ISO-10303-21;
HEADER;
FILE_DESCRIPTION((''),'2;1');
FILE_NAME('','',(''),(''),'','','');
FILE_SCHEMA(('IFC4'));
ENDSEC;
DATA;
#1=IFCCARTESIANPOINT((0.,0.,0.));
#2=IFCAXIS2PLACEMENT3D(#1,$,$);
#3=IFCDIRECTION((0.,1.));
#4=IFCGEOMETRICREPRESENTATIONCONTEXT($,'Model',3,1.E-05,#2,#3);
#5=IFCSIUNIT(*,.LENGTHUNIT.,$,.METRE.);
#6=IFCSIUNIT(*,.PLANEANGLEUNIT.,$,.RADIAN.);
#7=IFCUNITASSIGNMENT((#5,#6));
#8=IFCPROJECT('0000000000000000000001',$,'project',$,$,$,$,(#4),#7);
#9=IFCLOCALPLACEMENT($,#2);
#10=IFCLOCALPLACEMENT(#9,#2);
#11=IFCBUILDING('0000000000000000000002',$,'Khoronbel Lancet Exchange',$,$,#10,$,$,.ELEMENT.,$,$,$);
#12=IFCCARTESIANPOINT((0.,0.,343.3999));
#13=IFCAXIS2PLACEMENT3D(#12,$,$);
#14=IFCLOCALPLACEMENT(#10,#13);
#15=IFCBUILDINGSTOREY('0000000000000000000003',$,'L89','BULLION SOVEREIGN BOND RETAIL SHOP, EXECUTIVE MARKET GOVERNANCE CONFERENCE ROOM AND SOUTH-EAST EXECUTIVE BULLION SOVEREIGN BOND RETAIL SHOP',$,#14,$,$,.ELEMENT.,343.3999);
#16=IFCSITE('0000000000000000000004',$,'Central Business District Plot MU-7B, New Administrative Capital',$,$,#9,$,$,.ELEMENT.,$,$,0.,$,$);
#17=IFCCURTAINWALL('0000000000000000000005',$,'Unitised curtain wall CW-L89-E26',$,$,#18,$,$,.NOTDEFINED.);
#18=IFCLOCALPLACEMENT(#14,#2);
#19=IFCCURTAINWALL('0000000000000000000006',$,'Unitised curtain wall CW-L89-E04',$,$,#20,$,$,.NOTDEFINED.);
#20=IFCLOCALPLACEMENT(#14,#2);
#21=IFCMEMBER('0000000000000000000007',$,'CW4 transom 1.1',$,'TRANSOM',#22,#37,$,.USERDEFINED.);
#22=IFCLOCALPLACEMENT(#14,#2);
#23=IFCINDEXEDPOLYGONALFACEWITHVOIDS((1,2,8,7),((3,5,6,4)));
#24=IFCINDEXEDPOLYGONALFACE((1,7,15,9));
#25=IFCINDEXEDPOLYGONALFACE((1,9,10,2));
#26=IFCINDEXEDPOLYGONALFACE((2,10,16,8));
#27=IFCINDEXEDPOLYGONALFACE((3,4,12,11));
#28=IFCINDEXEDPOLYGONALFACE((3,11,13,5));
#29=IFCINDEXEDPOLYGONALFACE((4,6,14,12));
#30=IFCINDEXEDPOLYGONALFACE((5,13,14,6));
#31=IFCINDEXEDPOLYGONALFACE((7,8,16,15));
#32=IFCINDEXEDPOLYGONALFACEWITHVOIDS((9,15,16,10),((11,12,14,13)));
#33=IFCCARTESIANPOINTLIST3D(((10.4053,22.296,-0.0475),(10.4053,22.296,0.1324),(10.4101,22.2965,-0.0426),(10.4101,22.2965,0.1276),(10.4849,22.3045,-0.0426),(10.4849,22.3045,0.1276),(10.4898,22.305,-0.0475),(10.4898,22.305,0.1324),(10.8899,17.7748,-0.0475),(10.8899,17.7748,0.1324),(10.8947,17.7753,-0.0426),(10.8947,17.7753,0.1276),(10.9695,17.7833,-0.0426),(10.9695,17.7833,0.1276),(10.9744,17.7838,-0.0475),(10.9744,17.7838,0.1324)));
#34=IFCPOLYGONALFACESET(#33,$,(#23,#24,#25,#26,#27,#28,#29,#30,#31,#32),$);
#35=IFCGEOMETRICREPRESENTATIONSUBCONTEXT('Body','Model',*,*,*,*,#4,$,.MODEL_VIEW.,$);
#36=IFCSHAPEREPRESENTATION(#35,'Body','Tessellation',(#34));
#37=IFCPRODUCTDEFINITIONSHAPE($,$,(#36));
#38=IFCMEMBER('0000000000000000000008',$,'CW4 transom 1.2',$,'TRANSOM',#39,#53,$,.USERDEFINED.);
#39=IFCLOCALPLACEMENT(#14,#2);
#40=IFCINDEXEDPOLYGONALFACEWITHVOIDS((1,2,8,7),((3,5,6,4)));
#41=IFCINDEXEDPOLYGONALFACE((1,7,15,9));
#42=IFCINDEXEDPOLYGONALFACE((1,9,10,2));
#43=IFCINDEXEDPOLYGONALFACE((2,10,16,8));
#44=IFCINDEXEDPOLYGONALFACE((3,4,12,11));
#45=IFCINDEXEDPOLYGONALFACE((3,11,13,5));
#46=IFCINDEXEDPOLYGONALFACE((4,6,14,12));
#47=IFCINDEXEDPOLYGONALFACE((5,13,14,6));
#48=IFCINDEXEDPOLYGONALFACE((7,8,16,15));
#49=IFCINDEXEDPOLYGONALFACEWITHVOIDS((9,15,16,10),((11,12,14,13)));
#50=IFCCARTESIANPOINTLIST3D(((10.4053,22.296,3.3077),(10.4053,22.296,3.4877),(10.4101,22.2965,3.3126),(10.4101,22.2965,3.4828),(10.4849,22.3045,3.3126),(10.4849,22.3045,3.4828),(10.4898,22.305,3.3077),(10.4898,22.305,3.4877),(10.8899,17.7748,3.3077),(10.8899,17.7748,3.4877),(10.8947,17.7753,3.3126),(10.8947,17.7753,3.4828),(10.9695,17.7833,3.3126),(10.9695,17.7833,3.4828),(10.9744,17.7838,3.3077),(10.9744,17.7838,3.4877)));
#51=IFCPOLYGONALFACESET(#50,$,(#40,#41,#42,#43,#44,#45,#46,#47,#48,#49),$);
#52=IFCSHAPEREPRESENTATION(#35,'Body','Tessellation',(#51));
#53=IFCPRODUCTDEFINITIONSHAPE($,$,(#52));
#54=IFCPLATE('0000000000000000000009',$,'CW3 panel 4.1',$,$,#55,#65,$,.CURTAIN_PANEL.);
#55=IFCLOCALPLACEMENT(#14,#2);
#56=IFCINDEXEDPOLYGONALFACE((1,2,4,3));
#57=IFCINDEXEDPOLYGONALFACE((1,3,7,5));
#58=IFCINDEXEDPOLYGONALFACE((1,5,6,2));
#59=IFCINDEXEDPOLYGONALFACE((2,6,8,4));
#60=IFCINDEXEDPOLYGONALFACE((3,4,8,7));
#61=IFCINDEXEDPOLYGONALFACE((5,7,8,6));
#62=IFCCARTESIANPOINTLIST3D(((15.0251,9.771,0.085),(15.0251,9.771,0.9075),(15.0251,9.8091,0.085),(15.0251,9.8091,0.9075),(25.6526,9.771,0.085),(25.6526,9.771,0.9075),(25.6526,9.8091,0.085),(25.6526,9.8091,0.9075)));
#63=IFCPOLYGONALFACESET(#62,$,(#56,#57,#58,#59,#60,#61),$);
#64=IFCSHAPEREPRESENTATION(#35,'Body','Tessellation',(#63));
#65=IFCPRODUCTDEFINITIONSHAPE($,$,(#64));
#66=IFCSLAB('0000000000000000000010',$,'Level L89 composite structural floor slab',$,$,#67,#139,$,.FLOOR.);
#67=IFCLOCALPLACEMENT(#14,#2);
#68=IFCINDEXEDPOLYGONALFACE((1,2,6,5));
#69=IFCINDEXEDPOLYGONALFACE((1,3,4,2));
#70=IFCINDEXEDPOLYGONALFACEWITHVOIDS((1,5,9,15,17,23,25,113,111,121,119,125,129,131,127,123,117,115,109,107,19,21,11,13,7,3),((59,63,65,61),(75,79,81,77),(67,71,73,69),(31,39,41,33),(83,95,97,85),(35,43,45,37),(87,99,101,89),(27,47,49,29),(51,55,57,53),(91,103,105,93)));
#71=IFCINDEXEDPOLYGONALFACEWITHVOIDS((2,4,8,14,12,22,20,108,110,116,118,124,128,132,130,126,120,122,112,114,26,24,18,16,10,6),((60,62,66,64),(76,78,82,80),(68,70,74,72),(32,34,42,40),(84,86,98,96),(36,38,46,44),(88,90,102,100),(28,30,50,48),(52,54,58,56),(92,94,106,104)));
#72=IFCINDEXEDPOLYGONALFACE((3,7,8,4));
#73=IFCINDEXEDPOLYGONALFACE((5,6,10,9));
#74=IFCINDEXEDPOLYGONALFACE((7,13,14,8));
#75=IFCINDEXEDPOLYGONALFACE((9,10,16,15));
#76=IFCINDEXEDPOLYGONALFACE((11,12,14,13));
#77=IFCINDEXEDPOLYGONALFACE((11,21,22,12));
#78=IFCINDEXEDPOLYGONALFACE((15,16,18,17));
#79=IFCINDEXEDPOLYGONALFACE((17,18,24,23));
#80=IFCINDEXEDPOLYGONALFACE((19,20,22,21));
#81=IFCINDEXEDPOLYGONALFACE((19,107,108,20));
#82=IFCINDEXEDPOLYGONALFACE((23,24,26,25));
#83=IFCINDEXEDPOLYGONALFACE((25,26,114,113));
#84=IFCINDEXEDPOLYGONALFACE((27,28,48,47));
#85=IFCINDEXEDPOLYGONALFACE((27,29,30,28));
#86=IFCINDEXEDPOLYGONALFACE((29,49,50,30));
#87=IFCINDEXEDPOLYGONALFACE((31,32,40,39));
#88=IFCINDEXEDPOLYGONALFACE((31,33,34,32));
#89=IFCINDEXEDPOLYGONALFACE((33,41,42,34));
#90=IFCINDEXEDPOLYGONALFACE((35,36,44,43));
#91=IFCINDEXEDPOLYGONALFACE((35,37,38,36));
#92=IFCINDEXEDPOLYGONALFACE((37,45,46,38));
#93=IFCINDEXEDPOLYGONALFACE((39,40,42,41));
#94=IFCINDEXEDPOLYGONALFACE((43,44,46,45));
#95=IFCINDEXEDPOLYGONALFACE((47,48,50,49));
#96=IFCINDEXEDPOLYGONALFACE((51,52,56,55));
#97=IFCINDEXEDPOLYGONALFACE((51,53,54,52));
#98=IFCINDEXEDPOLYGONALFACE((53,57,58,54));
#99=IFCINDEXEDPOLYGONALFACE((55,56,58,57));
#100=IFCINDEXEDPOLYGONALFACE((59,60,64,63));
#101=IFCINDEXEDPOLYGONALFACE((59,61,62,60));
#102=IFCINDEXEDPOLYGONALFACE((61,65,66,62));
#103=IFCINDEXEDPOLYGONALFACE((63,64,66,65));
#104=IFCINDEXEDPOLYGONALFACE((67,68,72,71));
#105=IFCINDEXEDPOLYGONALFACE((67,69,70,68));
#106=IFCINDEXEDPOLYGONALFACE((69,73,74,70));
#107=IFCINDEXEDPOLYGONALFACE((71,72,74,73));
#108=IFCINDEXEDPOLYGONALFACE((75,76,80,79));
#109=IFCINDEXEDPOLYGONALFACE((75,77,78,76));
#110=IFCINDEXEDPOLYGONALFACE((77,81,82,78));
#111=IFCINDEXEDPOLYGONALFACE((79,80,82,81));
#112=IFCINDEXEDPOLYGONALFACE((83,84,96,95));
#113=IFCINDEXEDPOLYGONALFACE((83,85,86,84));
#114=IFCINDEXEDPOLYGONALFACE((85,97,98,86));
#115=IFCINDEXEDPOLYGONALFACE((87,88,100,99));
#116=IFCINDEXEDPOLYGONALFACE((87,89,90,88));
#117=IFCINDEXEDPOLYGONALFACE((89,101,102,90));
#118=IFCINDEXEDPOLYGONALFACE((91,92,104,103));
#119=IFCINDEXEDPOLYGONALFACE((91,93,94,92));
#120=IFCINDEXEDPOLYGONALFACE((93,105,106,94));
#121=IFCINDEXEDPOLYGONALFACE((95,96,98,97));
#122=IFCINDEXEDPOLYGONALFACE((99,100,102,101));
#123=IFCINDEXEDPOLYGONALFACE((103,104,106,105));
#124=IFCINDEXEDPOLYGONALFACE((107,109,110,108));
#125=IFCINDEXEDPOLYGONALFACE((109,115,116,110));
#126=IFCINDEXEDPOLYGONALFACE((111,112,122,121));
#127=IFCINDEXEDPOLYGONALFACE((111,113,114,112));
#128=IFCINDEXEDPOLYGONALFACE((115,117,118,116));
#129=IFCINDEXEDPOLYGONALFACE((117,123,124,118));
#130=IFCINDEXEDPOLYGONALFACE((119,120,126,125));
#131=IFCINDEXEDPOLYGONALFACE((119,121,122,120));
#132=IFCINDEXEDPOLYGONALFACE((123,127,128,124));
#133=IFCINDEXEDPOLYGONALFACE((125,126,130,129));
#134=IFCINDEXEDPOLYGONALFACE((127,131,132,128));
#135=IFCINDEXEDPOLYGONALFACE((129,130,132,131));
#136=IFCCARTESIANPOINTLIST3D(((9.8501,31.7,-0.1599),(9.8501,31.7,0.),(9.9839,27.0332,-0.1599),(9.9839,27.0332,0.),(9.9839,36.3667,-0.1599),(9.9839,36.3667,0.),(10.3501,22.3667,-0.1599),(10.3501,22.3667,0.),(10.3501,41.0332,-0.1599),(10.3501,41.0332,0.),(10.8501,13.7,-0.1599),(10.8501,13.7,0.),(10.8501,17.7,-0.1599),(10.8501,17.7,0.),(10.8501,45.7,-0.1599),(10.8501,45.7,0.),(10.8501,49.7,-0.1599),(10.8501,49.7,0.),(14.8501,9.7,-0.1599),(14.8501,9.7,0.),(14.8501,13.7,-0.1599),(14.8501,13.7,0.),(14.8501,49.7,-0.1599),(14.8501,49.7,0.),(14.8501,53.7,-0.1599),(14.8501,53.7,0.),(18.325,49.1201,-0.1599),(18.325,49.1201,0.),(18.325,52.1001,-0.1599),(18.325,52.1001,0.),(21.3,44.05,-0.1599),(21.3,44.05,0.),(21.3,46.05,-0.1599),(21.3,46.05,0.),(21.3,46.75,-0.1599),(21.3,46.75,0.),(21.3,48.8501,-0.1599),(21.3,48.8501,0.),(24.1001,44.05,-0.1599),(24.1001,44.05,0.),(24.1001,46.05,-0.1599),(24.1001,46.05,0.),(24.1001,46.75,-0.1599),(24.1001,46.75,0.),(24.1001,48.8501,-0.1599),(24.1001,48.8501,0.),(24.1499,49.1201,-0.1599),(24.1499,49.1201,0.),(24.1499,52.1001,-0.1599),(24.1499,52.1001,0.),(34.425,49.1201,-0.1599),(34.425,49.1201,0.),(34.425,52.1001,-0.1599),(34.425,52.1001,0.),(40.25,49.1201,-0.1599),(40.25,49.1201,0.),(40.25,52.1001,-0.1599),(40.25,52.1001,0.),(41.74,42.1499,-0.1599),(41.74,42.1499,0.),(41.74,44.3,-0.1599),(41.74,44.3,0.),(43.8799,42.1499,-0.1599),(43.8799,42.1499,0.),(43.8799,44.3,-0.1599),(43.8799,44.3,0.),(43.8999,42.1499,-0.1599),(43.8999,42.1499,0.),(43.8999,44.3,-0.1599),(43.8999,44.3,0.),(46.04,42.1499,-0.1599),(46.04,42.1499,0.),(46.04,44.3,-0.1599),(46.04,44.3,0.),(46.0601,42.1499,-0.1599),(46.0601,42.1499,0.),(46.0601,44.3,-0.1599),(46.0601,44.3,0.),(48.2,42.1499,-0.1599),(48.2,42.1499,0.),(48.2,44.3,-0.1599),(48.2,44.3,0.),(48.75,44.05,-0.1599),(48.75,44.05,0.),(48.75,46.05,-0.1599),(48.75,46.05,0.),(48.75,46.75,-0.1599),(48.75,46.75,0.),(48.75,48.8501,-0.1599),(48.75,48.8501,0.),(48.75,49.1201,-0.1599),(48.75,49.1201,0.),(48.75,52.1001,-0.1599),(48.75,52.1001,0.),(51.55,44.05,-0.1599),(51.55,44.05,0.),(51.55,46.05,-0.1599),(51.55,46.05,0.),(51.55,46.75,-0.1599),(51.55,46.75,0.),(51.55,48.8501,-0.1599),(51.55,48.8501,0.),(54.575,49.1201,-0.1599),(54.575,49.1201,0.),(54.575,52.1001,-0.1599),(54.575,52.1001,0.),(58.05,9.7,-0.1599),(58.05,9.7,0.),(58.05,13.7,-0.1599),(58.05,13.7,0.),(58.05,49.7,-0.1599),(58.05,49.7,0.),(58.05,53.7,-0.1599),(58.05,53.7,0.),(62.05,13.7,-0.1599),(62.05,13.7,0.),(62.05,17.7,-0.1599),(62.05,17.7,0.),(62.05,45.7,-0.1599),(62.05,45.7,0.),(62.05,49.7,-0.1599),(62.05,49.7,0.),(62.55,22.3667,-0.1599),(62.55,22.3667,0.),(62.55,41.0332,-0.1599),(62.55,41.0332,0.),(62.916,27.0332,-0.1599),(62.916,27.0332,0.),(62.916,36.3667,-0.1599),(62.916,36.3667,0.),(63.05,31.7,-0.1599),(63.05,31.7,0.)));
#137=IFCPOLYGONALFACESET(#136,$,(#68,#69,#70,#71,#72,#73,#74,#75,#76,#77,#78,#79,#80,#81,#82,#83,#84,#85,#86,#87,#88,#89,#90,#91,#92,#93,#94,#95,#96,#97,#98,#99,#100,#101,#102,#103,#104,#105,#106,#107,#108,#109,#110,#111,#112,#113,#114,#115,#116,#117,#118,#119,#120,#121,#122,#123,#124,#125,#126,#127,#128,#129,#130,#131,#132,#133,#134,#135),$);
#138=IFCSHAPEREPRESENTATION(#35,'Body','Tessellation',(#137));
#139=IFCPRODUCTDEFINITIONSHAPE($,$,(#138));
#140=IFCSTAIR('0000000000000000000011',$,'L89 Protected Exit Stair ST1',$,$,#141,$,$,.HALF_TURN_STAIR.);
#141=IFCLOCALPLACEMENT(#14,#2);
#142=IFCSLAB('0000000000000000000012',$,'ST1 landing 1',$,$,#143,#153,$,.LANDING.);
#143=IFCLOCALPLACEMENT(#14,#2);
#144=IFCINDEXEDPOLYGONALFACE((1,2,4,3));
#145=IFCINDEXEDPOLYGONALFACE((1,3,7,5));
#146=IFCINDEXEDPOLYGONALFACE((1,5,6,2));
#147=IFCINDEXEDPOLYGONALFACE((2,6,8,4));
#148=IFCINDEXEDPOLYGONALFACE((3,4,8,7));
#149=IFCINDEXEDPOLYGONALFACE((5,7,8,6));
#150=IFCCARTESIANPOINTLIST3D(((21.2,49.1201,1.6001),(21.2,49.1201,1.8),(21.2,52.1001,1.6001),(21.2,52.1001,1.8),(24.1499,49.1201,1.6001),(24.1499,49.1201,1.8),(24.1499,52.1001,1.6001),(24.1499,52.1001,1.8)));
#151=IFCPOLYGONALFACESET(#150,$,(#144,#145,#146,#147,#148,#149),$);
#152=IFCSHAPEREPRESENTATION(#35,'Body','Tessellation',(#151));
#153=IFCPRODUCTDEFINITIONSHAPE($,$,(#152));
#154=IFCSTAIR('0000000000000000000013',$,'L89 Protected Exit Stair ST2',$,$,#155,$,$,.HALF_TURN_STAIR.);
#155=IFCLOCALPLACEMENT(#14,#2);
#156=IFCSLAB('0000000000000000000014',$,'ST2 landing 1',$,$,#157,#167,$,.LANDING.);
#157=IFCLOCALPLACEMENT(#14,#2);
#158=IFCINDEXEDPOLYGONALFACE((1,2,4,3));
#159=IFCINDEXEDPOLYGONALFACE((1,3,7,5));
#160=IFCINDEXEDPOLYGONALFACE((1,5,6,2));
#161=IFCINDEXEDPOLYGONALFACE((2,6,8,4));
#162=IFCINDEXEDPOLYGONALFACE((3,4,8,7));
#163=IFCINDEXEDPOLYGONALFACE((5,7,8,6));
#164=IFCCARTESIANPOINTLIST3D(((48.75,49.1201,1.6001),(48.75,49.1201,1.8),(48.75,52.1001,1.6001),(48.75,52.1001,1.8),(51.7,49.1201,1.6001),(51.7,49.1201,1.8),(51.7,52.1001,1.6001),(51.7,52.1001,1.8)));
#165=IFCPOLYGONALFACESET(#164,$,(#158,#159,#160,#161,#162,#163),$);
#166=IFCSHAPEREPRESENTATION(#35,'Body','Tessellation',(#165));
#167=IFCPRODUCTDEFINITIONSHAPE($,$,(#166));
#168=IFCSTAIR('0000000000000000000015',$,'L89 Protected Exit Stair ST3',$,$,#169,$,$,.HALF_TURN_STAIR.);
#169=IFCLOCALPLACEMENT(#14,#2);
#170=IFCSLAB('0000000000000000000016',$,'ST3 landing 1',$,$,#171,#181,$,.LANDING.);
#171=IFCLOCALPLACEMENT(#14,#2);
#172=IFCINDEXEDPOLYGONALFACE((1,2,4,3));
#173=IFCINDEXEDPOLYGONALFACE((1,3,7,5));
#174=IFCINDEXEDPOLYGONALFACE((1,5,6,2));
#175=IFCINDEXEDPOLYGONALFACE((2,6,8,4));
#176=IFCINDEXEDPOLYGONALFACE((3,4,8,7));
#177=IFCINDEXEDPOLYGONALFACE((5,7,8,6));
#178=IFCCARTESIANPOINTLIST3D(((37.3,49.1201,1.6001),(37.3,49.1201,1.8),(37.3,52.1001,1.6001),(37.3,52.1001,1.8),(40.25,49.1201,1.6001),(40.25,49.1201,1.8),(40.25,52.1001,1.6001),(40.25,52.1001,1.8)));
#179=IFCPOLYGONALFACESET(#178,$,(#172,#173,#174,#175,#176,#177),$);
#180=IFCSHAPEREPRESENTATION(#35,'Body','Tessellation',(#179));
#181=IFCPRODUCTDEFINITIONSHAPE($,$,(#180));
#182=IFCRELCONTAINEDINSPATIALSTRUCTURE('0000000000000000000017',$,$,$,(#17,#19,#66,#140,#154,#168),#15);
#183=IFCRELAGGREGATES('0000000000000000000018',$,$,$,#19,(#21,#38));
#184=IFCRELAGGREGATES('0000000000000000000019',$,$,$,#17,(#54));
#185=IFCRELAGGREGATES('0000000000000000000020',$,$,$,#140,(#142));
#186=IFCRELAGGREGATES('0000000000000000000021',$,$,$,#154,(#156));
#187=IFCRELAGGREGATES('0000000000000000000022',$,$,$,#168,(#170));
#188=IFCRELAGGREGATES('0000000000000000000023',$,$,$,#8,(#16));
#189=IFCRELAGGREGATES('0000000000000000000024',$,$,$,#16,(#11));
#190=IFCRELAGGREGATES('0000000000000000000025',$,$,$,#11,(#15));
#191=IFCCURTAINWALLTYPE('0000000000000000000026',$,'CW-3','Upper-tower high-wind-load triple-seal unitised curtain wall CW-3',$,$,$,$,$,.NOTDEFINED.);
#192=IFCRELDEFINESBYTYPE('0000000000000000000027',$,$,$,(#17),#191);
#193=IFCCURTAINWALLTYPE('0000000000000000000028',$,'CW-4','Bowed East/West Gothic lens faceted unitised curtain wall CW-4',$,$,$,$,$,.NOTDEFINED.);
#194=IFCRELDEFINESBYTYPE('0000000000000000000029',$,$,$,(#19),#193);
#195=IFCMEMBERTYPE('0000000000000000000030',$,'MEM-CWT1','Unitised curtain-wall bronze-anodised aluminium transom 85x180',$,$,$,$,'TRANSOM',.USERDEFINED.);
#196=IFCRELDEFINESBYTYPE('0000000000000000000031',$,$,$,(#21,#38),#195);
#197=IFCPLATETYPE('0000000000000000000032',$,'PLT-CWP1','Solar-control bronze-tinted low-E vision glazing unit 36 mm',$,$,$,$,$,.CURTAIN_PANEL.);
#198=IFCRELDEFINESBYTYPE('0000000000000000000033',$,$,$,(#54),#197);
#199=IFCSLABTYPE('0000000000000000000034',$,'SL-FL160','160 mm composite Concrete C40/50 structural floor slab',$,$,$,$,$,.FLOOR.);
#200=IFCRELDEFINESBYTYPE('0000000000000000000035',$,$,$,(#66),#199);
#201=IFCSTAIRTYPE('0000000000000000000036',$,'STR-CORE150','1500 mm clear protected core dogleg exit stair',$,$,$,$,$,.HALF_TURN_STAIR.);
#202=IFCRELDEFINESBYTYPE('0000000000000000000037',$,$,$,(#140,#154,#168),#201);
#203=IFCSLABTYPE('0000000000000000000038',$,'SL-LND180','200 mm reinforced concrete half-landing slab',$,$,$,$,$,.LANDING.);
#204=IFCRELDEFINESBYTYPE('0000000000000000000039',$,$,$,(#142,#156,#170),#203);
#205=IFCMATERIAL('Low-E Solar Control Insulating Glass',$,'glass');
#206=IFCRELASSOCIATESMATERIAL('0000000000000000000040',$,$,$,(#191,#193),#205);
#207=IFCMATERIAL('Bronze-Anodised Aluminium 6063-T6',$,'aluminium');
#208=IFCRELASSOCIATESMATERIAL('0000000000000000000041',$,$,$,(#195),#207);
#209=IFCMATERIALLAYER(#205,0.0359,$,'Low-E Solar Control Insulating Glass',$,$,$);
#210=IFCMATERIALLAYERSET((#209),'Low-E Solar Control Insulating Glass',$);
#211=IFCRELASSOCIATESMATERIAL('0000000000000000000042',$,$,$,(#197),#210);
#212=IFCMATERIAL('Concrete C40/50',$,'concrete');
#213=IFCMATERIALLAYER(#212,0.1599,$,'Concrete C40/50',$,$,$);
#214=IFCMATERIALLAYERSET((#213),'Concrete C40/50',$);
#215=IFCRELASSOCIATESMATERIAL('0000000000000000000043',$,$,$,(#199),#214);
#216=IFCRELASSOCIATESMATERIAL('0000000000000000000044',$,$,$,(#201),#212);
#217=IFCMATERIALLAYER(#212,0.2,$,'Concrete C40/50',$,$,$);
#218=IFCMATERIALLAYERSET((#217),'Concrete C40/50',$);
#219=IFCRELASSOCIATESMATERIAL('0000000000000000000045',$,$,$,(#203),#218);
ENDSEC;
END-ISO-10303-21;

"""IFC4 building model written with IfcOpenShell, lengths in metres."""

from ifc_helpers import new_model, si_unit, direction, frame, origin, origin_2d, place, context, subcontext, project, spatial, polyline, rectangle, hollow_rectangle, outline, extrude, material, layer, layer_set, material_profile, profile_set, type_object, element, aggregate, save


model = new_model("IFC4")

# Units and contexts
model_context = context("Model", 3, precision=1e-05, world=origin(), true_north=direction((0.0, 1.0)))
body_context = subcontext(model_context, "Body", "Model", "MODEL_VIEW")
ifc_project = project(units=[si_unit("LENGTHUNIT", "METRE"), si_unit("PLANEANGLEUNIT", "RADIAN")], contexts=[model_context])

# Site, building, storey
site_placement = place(None, origin())
site = spatial("IfcSite", under=ifc_project, at=site_placement, Name="Central Business District Plot MU-7B, New Administrative Capital", CompositionType="ELEMENT", RefElevation=0.0)
building_placement = place(site_placement, origin())
building = spatial("IfcBuilding", under=site, at=building_placement, Name="Khoronbel Lancet Exchange", CompositionType="ELEMENT")
storey_placement = place(building_placement, frame((0.0, 0.0, 343.3999)))
storey = spatial("IfcBuildingStorey", under=building, at=storey_placement, Name="L89", Description="BULLION SOVEREIGN BOND RETAIL SHOP, EXECUTIVE MARKET GOVERNANCE CONFERENCE ROOM AND SOUTH-EAST EXECUTIVE BULLION SOVEREIGN BOND RETAIL SHOP", CompositionType="ELEMENT", Elevation=343.3999)

# Curtain wall
ifc_material_1 = material(Name="Low-E Solar Control Insulating Glass", Category="glass")
curtain_wall_type_1 = type_object("IfcCurtainWallType", Name="CW-3", Description="Upper-tower high-wind-load triple-seal unitised curtain wall CW-3", PredefinedType="NOTDEFINED", material=ifc_material_1)
curtain_wall_1_placement = place(storey_placement, origin())
curtain_wall_1 = element("IfcCurtainWall", 1, at=curtain_wall_1_placement, inside=storey, type_object=curtain_wall_type_1, Name="Unitised curtain wall CW-L89-E26", PredefinedType="NOTDEFINED")
ifc_material_2 = material(Name="Bronze-Anodised Aluminium 6063-T6", Category="aluminium")

# Curtain wall, members
curtain_wall_type_2 = type_object("IfcCurtainWallType", Name="CW-4", Description="Bowed East/West Gothic lens faceted unitised curtain wall CW-4", PredefinedType="NOTDEFINED", material=ifc_material_1)
curtain_wall_2_placement = place(storey_placement, origin())
curtain_wall_2 = element("IfcCurtainWall", 2, at=curtain_wall_2_placement, inside=storey, type_object=curtain_wall_type_2, Name="Unitised curtain wall CW-L89-E04", PredefinedType="NOTDEFINED")
ifc_material_profile_1 = material_profile(ifc_material_2, hollow_rectangle(XDim=0.085, YDim=0.1799, WallThickness=0.0049, at=origin_2d()), Name="ALU TRANSOM 85x180")
ifc_profile_set_1 = profile_set([ifc_material_profile_1], Name="Bronze-Anodised Aluminium 6063-T6")
member_type_1 = type_object("IfcMemberType", Name="MEM-CWT1", Description="Unitised curtain-wall bronze-anodised aluminium transom 85x180", ElementType="TRANSOM", PredefinedType="USERDEFINED", material=ifc_profile_set_1)
member_1_placement = place(storey_placement, frame((10.9321, 17.7793, 0.0425), z_axis=(-0.106577, 0.994304, 0.0), x_axis=(-0.994304, -0.106577, 0.0)))
member_1 = element("IfcMember", 3, at=member_1_placement, type_object=member_type_1, Name="CW4 transom 1.1", ObjectType="TRANSOM", PredefinedType="USERDEFINED", context=body_context, shape_type="SweptSolid", body=[
    extrude(hollow_rectangle(XDim=0.085, YDim=0.1799, WallThickness=0.0049, at=origin_2d()), origin(), (0.0, 0.0, 1.0), 4.5471),
])
member_2_placement = place(storey_placement, frame((10.9321, 17.7793, 3.3977), z_axis=(-0.106577, 0.994304, 0.0), x_axis=(-0.994304, -0.106577, 0.0)))
member_2 = element("IfcMember", 4, at=member_2_placement, type_object=member_type_1, Name="CW4 transom 1.2", ObjectType="TRANSOM", PredefinedType="USERDEFINED", context=body_context, shape_type="SweptSolid", body=[
    extrude(hollow_rectangle(XDim=0.085, YDim=0.1799, WallThickness=0.0049, at=origin_2d()), origin(), (0.0, 0.0, 1.0), 4.5471),
])
aggregate(curtain_wall_2, [member_1, member_2])

# Plate
ifc_layer_1 = layer(ifc_material_1, 0.0359, Name="Low-E Solar Control Insulating Glass")
ifc_layer_set_1 = layer_set([ifc_layer_1], Name="Low-E Solar Control Insulating Glass")
plate_type = type_object("IfcPlateType", Name="PLT-CWP1", Description="Solar-control bronze-tinted low-E vision glazing unit 36 mm", PredefinedType="CURTAIN_PANEL", material=ifc_layer_set_1)
plate_placement = place(storey_placement, frame((20.3389, 9.79, 0.085), z_axis=(0.0, 0.0, 1.0), x_axis=(-1.0, 0.0, 0.0)))
plate = element("IfcPlate", 5, at=plate_placement, type_object=plate_type, Name="CW3 panel 4.1", PredefinedType="CURTAIN_PANEL", context=body_context, shape_type="SweptSolid", body=[
    extrude(rectangle(XDim=10.6274, YDim=0.0381, at=origin_2d()), origin(), (0.0, 0.0, 1.0), 0.8225),
])
aggregate(curtain_wall_1, [plate])

# Slab
ifc_material_3 = material(Name="Concrete C40/50", Category="concrete")
ifc_layer_2 = layer(ifc_material_3, 0.1599, Name="Concrete C40/50")
ifc_layer_set_2 = layer_set([ifc_layer_2], Name="Concrete C40/50")
slab_type_1 = type_object("IfcSlabType", Name="SL-FL160", Description="160 mm composite Concrete C40/50 structural floor slab", PredefinedType="FLOOR", material=ifc_layer_set_2)
slab_1_placement = place(storey_placement, frame((0.0, 0.0, -0.1599)))
element("IfcSlab", 6, at=slab_1_placement, inside=storey, type_object=slab_type_1, Name="Level L89 composite structural floor slab", PredefinedType="FLOOR", context=body_context, shape_type="SweptSolid", body=[
    extrude(outline(polyline([(14.8501, 9.7), (58.05, 9.7), (58.05, 13.7), (62.05, 13.7), (62.05, 17.7), (62.55, 22.3667), (62.916, 27.0332), (63.05, 31.7), (62.916, 36.3667), (62.55, 41.0332), (62.05, 45.7), (62.05, 49.7), (58.05, 49.7), (58.05, 53.7), (14.8501, 53.7), (14.8501, 49.7), (10.8501, 49.7), (10.8501, 45.7), (10.3501, 41.0332), (9.9839, 36.3667), (9.8501, 31.7), (9.9839, 27.0332), (10.3501, 22.3667), (10.8501, 17.7), (10.8501, 13.7), (14.8501, 13.7), (14.8501, 9.7)]), holes=[polyline([(18.325, 49.1201), (24.1499, 49.1201), (24.1499, 52.1001), (18.325, 52.1001), (18.325, 49.1201)]), polyline([(48.75, 49.1201), (54.575, 49.1201), (54.575, 52.1001), (48.75, 52.1001), (48.75, 49.1201)]), polyline([(34.425, 49.1201), (40.25, 49.1201), (40.25, 52.1001), (34.425, 52.1001), (34.425, 49.1201)]), polyline([(41.74, 42.1499), (43.8799, 42.1499), (43.8799, 44.3), (41.74, 44.3), (41.74, 42.1499)]), polyline([(43.8999, 42.1499), (46.04, 42.1499), (46.04, 44.3), (43.8999, 44.3), (43.8999, 42.1499)]), polyline([(46.0601, 42.1499), (48.2, 42.1499), (48.2, 44.3), (46.0601, 44.3), (46.0601, 42.1499)]), polyline([(21.3, 46.75), (24.1001, 46.75), (24.1001, 48.8501), (21.3, 48.8501), (21.3, 46.75)]), polyline([(48.75, 46.75), (51.55, 46.75), (51.55, 48.8501), (48.75, 48.8501), (48.75, 46.75)]), polyline([(21.3, 44.05), (24.1001, 44.05), (24.1001, 46.05), (21.3, 46.05), (21.3, 44.05)]), polyline([(48.75, 44.05), (51.55, 44.05), (51.55, 46.05), (48.75, 46.05), (48.75, 44.05)])]), origin(), (0.0, 0.0, 1.0), 0.1599),
])

# Stairs, slabs
stair_type = type_object("IfcStairType", Name="STR-CORE150", Description="1500 mm clear protected core dogleg exit stair", PredefinedType="HALF_TURN_STAIR", material=ifc_material_3)
stair_1_placement = place(storey_placement, origin())
stair_1 = element("IfcStair", 7, at=stair_1_placement, inside=storey, type_object=stair_type, Name="L89 Protected Exit Stair ST1", PredefinedType="HALF_TURN_STAIR")
ifc_layer_3 = layer(ifc_material_3, 0.2, Name="Concrete C40/50")
ifc_layer_set_3 = layer_set([ifc_layer_3], Name="Concrete C40/50")
slab_type_2 = type_object("IfcSlabType", Name="SL-LND180", Description="200 mm reinforced concrete half-landing slab", PredefinedType="LANDING", material=ifc_layer_set_3)
slab_2_placement = place(storey_placement, frame((0.0, 0.0, 1.6001)))
slab_2 = element("IfcSlab", 8, at=slab_2_placement, type_object=slab_type_2, Name="ST1 landing 1", PredefinedType="LANDING", context=body_context, shape_type="SweptSolid", body=[
    extrude(outline(polyline([(21.2, 49.1201), (24.1499, 49.1201), (24.1499, 52.1001), (21.2, 52.1001), (21.2, 49.1201)])), origin(), (0.0, 0.0, 1.0), 0.2),
])
aggregate(stair_1, [slab_2])
stair_2_placement = place(storey_placement, origin())
stair_2 = element("IfcStair", 9, at=stair_2_placement, inside=storey, type_object=stair_type, Name="L89 Protected Exit Stair ST2", PredefinedType="HALF_TURN_STAIR")
slab_3_placement = place(storey_placement, frame((0.0, 0.0, 1.6001)))
slab_3 = element("IfcSlab", 10, at=slab_3_placement, type_object=slab_type_2, Name="ST2 landing 1", PredefinedType="LANDING", context=body_context, shape_type="SweptSolid", body=[
    extrude(outline(polyline([(51.7, 52.1001), (48.75, 52.1001), (48.75, 49.1201), (51.7, 49.1201), (51.7, 52.1001)])), origin(), (0.0, 0.0, 1.0), 0.2),
])
aggregate(stair_2, [slab_3])
stair_3_placement = place(storey_placement, origin())
stair_3 = element("IfcStair", 11, at=stair_3_placement, inside=storey, type_object=stair_type, Name="L89 Protected Exit Stair ST3", PredefinedType="HALF_TURN_STAIR")
slab_4_placement = place(storey_placement, frame((0.0, 0.0, 1.6001)))
slab_4 = element("IfcSlab", 12, at=slab_4_placement, type_object=slab_type_2, Name="ST3 landing 1", PredefinedType="LANDING", context=body_context, shape_type="SweptSolid", body=[
    extrude(outline(polyline([(37.3, 49.1201), (40.25, 49.1201), (40.25, 52.1001), (37.3, 52.1001), (37.3, 49.1201)])), origin(), (0.0, 0.0, 1.0), 0.2),
])
aggregate(stair_3, [slab_4])

save(model, "model.ifc")
